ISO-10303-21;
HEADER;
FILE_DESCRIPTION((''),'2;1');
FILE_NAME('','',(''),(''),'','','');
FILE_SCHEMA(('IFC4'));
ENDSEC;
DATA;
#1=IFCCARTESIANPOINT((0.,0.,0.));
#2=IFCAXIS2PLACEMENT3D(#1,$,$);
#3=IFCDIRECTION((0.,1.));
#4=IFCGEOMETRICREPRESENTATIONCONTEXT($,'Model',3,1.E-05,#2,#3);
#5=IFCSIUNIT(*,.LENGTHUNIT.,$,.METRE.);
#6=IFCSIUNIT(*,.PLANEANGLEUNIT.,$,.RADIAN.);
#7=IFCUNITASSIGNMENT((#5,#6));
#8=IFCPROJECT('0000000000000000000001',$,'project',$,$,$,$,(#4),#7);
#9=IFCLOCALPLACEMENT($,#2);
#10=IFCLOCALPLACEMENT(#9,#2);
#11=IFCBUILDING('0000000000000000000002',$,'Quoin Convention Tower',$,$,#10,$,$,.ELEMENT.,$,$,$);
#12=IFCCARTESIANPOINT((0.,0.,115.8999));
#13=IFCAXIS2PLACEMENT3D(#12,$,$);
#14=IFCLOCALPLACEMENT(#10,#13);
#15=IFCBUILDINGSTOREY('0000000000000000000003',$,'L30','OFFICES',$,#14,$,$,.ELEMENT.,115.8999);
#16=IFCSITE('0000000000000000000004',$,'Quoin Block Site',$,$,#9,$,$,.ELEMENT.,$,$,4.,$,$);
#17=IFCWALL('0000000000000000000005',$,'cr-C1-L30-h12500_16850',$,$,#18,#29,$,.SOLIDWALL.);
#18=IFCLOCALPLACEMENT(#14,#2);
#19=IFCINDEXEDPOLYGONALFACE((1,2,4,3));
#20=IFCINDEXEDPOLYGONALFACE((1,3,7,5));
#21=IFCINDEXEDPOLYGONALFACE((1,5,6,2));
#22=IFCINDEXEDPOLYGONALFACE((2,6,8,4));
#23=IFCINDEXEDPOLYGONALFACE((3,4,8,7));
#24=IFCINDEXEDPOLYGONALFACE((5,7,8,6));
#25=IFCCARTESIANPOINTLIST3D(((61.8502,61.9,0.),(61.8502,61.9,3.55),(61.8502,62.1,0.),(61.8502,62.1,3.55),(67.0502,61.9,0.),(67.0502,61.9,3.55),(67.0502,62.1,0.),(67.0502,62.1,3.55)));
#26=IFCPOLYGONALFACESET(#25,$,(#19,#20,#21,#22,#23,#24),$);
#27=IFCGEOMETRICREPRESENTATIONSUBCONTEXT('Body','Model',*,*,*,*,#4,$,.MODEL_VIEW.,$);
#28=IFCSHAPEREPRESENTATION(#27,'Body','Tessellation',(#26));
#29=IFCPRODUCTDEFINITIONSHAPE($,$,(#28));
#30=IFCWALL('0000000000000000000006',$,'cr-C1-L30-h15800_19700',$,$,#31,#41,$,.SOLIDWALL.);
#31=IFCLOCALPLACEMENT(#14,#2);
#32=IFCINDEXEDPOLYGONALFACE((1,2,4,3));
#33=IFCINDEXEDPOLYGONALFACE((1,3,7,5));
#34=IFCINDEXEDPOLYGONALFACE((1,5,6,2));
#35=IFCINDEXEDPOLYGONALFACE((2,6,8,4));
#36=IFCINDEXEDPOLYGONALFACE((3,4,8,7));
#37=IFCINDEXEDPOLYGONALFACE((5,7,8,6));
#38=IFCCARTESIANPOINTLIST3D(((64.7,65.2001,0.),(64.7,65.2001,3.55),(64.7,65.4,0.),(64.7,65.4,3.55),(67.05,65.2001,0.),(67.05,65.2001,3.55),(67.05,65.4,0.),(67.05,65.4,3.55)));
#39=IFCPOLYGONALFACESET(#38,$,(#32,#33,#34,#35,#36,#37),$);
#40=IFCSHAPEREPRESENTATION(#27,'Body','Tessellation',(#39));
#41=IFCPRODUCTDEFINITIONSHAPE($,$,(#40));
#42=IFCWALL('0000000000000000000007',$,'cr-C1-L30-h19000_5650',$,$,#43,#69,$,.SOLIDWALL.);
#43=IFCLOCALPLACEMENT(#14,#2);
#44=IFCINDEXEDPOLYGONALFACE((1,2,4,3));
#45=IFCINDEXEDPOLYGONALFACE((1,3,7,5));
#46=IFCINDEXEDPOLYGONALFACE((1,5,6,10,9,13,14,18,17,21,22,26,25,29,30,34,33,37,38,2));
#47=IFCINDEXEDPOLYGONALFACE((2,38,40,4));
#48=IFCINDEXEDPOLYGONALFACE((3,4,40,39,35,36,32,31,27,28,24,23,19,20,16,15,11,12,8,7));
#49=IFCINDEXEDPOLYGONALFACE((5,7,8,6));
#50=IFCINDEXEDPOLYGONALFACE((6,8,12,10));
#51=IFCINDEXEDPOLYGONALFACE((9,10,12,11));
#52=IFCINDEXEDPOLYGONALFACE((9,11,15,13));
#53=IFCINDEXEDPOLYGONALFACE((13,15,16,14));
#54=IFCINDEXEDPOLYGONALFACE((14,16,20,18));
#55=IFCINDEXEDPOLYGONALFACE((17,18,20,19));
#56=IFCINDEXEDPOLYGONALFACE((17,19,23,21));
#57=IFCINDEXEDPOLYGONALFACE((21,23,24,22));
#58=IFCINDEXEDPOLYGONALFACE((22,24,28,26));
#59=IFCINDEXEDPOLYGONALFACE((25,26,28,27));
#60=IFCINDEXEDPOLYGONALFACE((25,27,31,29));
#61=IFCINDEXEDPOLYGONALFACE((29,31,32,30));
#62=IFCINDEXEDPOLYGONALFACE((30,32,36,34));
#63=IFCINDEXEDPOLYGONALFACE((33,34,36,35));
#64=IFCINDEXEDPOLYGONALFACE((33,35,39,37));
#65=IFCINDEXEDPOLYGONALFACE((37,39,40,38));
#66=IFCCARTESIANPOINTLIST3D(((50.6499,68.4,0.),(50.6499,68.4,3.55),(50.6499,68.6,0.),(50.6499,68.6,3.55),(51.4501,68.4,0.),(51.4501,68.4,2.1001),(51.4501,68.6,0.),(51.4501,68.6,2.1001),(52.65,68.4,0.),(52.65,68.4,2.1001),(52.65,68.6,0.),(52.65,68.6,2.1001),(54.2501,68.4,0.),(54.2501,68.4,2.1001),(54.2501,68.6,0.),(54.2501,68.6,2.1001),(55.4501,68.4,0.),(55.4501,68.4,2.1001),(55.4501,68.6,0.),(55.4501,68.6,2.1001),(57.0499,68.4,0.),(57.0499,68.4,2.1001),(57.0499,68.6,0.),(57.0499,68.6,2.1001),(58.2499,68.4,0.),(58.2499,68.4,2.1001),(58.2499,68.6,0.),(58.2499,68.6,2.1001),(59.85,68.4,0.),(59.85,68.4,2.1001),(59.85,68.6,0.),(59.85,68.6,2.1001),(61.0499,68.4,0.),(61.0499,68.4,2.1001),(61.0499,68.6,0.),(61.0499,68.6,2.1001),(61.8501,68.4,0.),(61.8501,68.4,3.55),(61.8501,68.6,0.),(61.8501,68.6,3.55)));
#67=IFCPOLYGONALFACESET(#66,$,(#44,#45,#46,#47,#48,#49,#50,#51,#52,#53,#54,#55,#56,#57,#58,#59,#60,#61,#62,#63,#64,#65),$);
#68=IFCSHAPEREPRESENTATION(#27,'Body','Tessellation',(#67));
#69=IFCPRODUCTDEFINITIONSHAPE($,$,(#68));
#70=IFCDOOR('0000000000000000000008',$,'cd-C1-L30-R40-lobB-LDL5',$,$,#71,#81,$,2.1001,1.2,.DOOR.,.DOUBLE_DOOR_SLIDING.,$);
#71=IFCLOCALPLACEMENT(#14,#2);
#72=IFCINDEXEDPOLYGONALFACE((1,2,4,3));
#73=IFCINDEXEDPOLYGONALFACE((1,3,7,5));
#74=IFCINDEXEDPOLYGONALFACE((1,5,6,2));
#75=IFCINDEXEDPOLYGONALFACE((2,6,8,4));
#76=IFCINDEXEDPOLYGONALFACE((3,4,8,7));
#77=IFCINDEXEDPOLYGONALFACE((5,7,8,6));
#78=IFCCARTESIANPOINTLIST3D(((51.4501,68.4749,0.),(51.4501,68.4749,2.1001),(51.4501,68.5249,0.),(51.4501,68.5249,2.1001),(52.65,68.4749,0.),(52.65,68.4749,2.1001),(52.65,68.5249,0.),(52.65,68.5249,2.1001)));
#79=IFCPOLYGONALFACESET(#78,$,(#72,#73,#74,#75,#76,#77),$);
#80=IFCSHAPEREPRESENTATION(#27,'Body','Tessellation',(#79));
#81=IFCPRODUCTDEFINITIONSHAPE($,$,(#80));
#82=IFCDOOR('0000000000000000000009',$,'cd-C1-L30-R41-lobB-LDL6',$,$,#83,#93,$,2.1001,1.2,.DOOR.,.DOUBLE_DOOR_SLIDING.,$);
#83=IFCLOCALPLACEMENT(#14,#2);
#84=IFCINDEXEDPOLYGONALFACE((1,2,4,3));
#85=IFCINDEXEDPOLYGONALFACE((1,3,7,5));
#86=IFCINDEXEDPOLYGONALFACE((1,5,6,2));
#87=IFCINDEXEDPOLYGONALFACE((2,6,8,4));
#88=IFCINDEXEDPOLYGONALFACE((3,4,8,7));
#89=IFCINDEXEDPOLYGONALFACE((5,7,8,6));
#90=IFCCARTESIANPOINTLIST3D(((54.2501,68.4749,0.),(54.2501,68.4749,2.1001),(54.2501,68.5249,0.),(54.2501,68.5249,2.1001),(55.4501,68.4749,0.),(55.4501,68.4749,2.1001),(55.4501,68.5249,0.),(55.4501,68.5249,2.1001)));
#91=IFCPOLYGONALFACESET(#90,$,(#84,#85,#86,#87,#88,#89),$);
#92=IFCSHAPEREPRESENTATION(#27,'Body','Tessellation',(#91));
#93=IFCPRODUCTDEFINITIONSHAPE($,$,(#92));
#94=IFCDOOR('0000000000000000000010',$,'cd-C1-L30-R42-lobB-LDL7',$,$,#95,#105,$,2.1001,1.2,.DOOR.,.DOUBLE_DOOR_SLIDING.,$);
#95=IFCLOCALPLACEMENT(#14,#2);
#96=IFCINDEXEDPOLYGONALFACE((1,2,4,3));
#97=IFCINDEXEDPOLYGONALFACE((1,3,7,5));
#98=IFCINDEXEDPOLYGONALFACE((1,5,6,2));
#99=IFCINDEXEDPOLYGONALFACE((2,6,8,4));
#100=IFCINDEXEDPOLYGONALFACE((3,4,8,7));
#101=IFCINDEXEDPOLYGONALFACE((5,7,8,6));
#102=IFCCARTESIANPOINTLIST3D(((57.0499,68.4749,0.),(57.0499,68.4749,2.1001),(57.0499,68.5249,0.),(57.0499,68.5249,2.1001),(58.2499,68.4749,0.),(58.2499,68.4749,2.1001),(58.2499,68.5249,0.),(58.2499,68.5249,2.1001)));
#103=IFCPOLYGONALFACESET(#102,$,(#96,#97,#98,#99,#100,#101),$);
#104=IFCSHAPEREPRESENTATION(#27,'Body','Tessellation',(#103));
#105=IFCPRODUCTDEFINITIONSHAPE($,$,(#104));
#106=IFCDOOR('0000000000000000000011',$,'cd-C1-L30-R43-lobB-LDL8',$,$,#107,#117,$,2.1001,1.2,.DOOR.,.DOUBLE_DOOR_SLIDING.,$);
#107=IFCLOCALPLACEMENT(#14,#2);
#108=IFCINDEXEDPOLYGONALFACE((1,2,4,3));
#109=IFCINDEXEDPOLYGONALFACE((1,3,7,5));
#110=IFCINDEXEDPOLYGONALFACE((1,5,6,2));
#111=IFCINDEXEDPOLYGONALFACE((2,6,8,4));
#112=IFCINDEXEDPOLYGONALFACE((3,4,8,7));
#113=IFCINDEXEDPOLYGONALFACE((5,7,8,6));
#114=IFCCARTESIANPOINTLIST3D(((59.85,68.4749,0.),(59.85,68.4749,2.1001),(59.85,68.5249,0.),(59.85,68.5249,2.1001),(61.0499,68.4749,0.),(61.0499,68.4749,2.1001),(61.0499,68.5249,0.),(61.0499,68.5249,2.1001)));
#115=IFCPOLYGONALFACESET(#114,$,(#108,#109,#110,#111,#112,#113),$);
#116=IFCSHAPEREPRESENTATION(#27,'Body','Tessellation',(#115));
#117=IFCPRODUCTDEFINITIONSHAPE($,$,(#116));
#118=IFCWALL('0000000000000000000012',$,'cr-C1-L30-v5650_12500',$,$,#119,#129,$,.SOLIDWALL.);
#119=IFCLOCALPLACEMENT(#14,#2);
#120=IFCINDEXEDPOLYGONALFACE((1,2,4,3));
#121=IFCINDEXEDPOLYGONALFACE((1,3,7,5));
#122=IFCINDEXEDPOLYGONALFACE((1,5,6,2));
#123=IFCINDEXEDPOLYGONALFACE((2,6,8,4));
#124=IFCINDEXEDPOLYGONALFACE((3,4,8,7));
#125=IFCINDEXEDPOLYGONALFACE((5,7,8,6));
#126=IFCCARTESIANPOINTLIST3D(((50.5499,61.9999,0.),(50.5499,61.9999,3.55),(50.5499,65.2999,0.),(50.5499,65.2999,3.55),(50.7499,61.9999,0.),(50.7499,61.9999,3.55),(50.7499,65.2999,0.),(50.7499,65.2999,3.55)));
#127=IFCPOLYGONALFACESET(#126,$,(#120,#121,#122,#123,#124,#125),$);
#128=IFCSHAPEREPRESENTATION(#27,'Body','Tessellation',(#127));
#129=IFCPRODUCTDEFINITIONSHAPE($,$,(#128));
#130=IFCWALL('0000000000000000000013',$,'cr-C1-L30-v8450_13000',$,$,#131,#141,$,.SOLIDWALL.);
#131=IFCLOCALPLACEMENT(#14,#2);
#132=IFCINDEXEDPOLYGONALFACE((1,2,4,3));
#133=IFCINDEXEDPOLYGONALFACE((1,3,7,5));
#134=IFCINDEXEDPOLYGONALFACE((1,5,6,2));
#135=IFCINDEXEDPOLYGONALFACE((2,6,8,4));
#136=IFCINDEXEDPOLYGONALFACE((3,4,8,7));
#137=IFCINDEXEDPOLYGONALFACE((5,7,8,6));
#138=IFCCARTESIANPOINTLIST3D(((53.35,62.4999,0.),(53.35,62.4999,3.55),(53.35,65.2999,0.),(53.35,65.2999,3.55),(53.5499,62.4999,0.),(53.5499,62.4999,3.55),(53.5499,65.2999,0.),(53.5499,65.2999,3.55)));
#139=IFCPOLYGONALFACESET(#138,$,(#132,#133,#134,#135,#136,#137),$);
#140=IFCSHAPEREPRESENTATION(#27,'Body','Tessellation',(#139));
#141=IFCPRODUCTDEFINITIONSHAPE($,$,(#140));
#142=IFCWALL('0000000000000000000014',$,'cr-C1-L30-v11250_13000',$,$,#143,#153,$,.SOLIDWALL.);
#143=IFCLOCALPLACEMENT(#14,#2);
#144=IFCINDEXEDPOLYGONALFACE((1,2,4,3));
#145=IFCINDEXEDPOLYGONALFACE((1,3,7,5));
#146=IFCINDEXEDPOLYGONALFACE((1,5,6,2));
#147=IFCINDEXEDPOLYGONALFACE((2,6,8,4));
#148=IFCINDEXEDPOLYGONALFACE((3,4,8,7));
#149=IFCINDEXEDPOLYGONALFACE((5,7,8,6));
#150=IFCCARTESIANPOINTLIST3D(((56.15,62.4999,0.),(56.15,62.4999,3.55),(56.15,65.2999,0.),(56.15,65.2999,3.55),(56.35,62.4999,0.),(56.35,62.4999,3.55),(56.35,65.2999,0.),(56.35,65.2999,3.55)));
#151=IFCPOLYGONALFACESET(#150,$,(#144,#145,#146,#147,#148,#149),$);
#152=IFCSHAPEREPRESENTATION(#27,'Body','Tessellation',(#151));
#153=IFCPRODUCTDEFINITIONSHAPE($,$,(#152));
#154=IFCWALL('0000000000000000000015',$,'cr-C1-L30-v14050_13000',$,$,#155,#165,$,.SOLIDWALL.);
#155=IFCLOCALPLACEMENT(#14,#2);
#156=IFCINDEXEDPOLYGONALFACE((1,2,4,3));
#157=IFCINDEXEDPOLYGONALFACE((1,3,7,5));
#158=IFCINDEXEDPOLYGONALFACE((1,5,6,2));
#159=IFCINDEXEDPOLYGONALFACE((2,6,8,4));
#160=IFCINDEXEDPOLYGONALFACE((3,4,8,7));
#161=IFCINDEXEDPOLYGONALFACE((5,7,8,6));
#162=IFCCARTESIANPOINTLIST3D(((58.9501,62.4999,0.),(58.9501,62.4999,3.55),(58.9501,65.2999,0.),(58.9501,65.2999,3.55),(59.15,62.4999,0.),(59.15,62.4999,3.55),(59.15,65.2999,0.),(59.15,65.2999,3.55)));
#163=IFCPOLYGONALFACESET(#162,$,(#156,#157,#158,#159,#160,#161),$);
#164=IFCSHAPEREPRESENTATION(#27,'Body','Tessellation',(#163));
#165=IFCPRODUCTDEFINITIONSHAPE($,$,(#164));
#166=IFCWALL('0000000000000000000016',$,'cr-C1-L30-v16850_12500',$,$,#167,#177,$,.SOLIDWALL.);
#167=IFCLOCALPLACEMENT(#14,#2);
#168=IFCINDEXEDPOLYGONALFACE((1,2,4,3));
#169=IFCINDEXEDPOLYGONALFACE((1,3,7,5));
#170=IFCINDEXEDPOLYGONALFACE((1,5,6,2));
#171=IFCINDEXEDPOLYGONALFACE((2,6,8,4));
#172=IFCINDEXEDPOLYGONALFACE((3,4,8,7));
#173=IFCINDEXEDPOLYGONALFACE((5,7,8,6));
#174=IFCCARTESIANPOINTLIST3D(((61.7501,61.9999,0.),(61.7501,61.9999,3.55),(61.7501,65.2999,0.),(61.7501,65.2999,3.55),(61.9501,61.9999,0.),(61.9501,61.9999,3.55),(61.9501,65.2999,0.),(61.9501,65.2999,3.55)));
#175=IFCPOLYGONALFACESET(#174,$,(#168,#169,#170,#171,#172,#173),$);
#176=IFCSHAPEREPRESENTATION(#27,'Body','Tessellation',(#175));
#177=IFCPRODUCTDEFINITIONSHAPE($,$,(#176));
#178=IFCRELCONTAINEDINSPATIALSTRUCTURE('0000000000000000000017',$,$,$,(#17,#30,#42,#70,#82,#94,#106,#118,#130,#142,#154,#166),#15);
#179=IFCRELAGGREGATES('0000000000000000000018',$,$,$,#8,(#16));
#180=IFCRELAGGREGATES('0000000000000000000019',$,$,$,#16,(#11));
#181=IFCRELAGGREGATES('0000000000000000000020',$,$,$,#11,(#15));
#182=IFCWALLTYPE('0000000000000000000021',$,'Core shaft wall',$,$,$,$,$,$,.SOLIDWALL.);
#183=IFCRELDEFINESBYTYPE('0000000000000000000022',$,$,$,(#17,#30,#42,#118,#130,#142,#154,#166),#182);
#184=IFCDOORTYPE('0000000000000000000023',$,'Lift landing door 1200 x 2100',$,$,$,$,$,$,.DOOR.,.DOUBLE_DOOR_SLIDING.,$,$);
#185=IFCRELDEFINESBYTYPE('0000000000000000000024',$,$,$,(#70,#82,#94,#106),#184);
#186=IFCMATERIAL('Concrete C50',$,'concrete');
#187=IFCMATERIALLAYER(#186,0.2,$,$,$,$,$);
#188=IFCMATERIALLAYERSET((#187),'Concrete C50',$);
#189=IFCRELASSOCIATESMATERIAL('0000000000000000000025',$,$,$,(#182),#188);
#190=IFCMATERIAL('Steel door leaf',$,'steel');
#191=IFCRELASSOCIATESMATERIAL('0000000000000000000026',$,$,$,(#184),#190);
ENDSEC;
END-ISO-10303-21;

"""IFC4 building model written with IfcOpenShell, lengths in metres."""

from ifc_helpers import new_model, si_unit, direction, frame, frame_2d, origin, place, context, subcontext, project, spatial, rectangle, extrude, material, layer, layer_set, type_object, element, fill, save


model = new_model("IFC4")

# Units and contexts
model_context = context("Model", 3, precision=1e-05, world=origin(), true_north=direction((0.0, 1.0)))
body_context = subcontext(model_context, "Body", "Model", "MODEL_VIEW")
ifc_project = project(units=[si_unit("LENGTHUNIT", "METRE"), si_unit("PLANEANGLEUNIT", "RADIAN")], contexts=[model_context])

# Site, building, storey
site_placement = place(None, origin())
site = spatial("IfcSite", under=ifc_project, at=site_placement, Name="Quoin Block Site", CompositionType="ELEMENT", RefElevation=4.0)
building_placement = place(site_placement, origin())
building = spatial("IfcBuilding", under=site, at=building_placement, Name="Quoin Convention Tower", CompositionType="ELEMENT")
storey_placement = place(building_placement, frame((0.0, 0.0, 115.8999)))
storey = spatial("IfcBuildingStorey", under=building, at=storey_placement, Name="L30", Description="OFFICES", CompositionType="ELEMENT", Elevation=115.8999)

# Walls
ifc_material_1 = material(Name="Concrete C50", Category="concrete")
ifc_layer_1 = layer(ifc_material_1, 0.2)
ifc_layer_set_1 = layer_set([ifc_layer_1], Name="Concrete C50")
wall_type_1 = type_object("IfcWallType", Name="Core shaft wall", PredefinedType="SOLIDWALL", material=ifc_layer_set_1)
wall_1_placement = place(storey_placement, frame((61.8501, 62.0, 0.0), z_axis=(0.0, 0.0, 1.0), x_axis=(1.0, 0.0, 0.0)))
element("IfcWall", 1, at=wall_1_placement, inside=storey, type_object=wall_type_1, Name="cr-C1-L30-h12500_16850", PredefinedType="SOLIDWALL", context=body_context, shape_type="SweptSolid", body=[
    extrude(rectangle(XDim=5.2, YDim=0.2, at=frame_2d((2.6001, 0.0))), origin(), (0.0, 0.0, 1.0), 3.55),
])
wall_2_placement = place(storey_placement, frame((64.7, 65.3, 0.0), z_axis=(0.0, 0.0, 1.0), x_axis=(1.0, 0.0, 0.0)))
element("IfcWall", 2, at=wall_2_placement, inside=storey, type_object=wall_type_1, Name="cr-C1-L30-h15800_19700", PredefinedType="SOLIDWALL", context=body_context, shape_type="SweptSolid", body=[
    extrude(rectangle(XDim=2.3501, YDim=0.2, at=frame_2d((1.175, 0.0))), origin(), (0.0, 0.0, 1.0), 3.55),
])

# Wall, openings, doors
wall_3_placement = place(storey_placement, frame((50.6499, 68.5, 0.0), z_axis=(0.0, 0.0, 1.0), x_axis=(1.0, 0.0, 0.0)))
wall_3 = element("IfcWall", 3, at=wall_3_placement, inside=storey, type_object=wall_type_1, Name="cr-C1-L30-h19000_5650", PredefinedType="SOLIDWALL", context=body_context, shape_type="SweptSolid", body=[
    extrude(rectangle(XDim=11.2002, YDim=0.2, at=frame_2d((5.6001, 0.0))), origin(), (0.0, 0.0, 1.0), 3.55),
])
opening_1_placement = place(wall_3_placement, frame((0.8, 0.0, 0.0)))
opening_1 = element("IfcOpeningElement", 4, at=opening_1_placement, cuts=wall_3, PredefinedType="OPENING", context=body_context, shape_type="SweptSolid", body=[
    extrude(rectangle(XDim=1.2, YDim=2.1001, at=frame_2d((0.6001, 1.05))), frame((0.0, 0.1099, 0.0), z_axis=(0.0, -1.0, 0.0), x_axis=(1.0, 0.0, 0.0)), (0.0, 0.0, 1.0), 0.22),
])
opening_2_placement = place(wall_3_placement, frame((3.6001, 0.0, 0.0)))
opening_2 = element("IfcOpeningElement", 5, at=opening_2_placement, cuts=wall_3, PredefinedType="OPENING", context=body_context, shape_type="SweptSolid", body=[
    extrude(rectangle(XDim=1.2, YDim=2.1001, at=frame_2d((0.6001, 1.05))), frame((0.0, 0.1099, 0.0), z_axis=(0.0, -1.0, 0.0), x_axis=(1.0, 0.0, 0.0)), (0.0, 0.0, 1.0), 0.22),
])
opening_3_placement = place(wall_3_placement, frame((6.3999, 0.0, 0.0)))
opening_3 = element("IfcOpeningElement", 6, at=opening_3_placement, cuts=wall_3, PredefinedType="OPENING", context=body_context, shape_type="SweptSolid", body=[
    extrude(rectangle(XDim=1.2, YDim=2.1001, at=frame_2d((0.6001, 1.05))), frame((0.0, 0.1099, 0.0), z_axis=(0.0, -1.0, 0.0), x_axis=(1.0, 0.0, 0.0)), (0.0, 0.0, 1.0), 0.22),
])
opening_4_placement = place(wall_3_placement, frame((9.2, 0.0, 0.0)))
opening_4 = element("IfcOpeningElement", 7, at=opening_4_placement, cuts=wall_3, PredefinedType="OPENING", context=body_context, shape_type="SweptSolid", body=[
    extrude(rectangle(XDim=1.2, YDim=2.1001, at=frame_2d((0.6001, 1.05))), frame((0.0, 0.1099, 0.0), z_axis=(0.0, -1.0, 0.0), x_axis=(1.0, 0.0, 0.0)), (0.0, 0.0, 1.0), 0.22),
])
ifc_material_2 = material(Name="Steel door leaf", Category="steel")
door_type_1 = type_object("IfcDoorType", Name="Lift landing door 1200 x 2100", OperationType="DOUBLE_DOOR_SLIDING", PredefinedType="DOOR", material=ifc_material_2)
door_1_placement = place(opening_1_placement, origin())
door_1 = element("IfcDoor", 8, at=door_1_placement, inside=storey, type_object=door_type_1, Name="cd-C1-L30-R40-lobB-LDL5", OperationType="DOUBLE_DOOR_SLIDING", OverallHeight=2.1001, OverallWidth=1.2, PredefinedType="DOOR", context=body_context, shape_type="SweptSolid", body=[
    extrude(rectangle(XDim=1.2, YDim=2.1001, at=frame_2d((0.6001, 1.05))), frame((0.0, 0.0249, 0.0), z_axis=(0.0, -1.0, 0.0), x_axis=(1.0, 0.0, 0.0)), (0.0, 0.0, 1.0), 0.05),
])
fill(opening_1, door_1)
door_2_placement = place(opening_2_placement, origin())
door_2 = element("IfcDoor", 9, at=door_2_placement, inside=storey, type_object=door_type_1, Name="cd-C1-L30-R41-lobB-LDL6", OperationType="DOUBLE_DOOR_SLIDING", OverallHeight=2.1001, OverallWidth=1.2, PredefinedType="DOOR", context=body_context, shape_type="SweptSolid", body=[
    extrude(rectangle(XDim=1.2, YDim=2.1001, at=frame_2d((0.6001, 1.05))), frame((0.0, 0.0249, 0.0), z_axis=(0.0, -1.0, 0.0), x_axis=(1.0, 0.0, 0.0)), (0.0, 0.0, 1.0), 0.05),
])
fill(opening_2, door_2)
door_3_placement = place(opening_3_placement, origin())
door_3 = element("IfcDoor", 10, at=door_3_placement, inside=storey, type_object=door_type_1, Name="cd-C1-L30-R42-lobB-LDL7", OperationType="DOUBLE_DOOR_SLIDING", OverallHeight=2.1001, OverallWidth=1.2, PredefinedType="DOOR", context=body_context, shape_type="SweptSolid", body=[
    extrude(rectangle(XDim=1.2, YDim=2.1001, at=frame_2d((0.6001, 1.05))), frame((0.0, 0.0249, 0.0), z_axis=(0.0, -1.0, 0.0), x_axis=(1.0, 0.0, 0.0)), (0.0, 0.0, 1.0), 0.05),
])
fill(opening_3, door_3)
door_4_placement = place(opening_4_placement, origin())
door_4 = element("IfcDoor", 11, at=door_4_placement, inside=storey, type_object=door_type_1, Name="cd-C1-L30-R43-lobB-LDL8", OperationType="DOUBLE_DOOR_SLIDING", OverallHeight=2.1001, OverallWidth=1.2, PredefinedType="DOOR", context=body_context, shape_type="SweptSolid", body=[
    extrude(rectangle(XDim=1.2, YDim=2.1001, at=frame_2d((0.6001, 1.05))), frame((0.0, 0.0249, 0.0), z_axis=(0.0, -1.0, 0.0), x_axis=(1.0, 0.0, 0.0)), (0.0, 0.0, 1.0), 0.05),
])
fill(opening_4, door_4)

# Walls
wall_4_placement = place(storey_placement, frame((50.6499, 62.0, 0.0), z_axis=(0.0, 0.0, 1.0), x_axis=(0.0, 1.0, 0.0)))
element("IfcWall", 12, at=wall_4_placement, inside=storey, type_object=wall_type_1, Name="cr-C1-L30-v5650_12500", PredefinedType="SOLIDWALL", context=body_context, shape_type="SweptSolid", body=[
    extrude(rectangle(XDim=3.3, YDim=0.2, at=frame_2d((1.6499, 0.0))), origin(), (0.0, 0.0, 1.0), 3.55),
])
for number, where, z_axis, x_axis, name in (
    (13, (53.45, 62.5, 0.0), (0.0, 0.0, 1.0), (0.0, 1.0, 0.0), "cr-C1-L30-v8450_13000"),
    (14, (56.25, 62.5, 0.0), (0.0, 0.0, 1.0), (0.0, 1.0, 0.0), "cr-C1-L30-v11250_13000"),
    (15, (59.05, 62.5, 0.0), (0.0, 0.0, 1.0), (0.0, 1.0, 0.0), "cr-C1-L30-v14050_13000"),
):
    element("IfcWall", number, at=place(storey_placement, frame(where, z_axis=z_axis, x_axis=x_axis)), inside=storey, type_object=wall_type_1, Name=name, PredefinedType="SOLIDWALL", context=body_context, shape_type="SweptSolid", body=[
        extrude(rectangle(XDim=2.8, YDim=0.2, at=frame_2d((1.3999, 0.0))), origin(), (0.0, 0.0, 1.0), 3.55),
    ])
wall_5_placement = place(storey_placement, frame((61.8501, 62.0, 0.0), z_axis=(0.0, 0.0, 1.0), x_axis=(0.0, 1.0, 0.0)))
element("IfcWall", 16, at=wall_5_placement, inside=storey, type_object=wall_type_1, Name="cr-C1-L30-v16850_12500", PredefinedType="SOLIDWALL", context=body_context, shape_type="SweptSolid", body=[
    extrude(rectangle(XDim=3.3, YDim=0.2, at=frame_2d((1.6499, 0.0))), origin(), (0.0, 0.0, 1.0), 3.55),
])

save(model, "model.ifc")
